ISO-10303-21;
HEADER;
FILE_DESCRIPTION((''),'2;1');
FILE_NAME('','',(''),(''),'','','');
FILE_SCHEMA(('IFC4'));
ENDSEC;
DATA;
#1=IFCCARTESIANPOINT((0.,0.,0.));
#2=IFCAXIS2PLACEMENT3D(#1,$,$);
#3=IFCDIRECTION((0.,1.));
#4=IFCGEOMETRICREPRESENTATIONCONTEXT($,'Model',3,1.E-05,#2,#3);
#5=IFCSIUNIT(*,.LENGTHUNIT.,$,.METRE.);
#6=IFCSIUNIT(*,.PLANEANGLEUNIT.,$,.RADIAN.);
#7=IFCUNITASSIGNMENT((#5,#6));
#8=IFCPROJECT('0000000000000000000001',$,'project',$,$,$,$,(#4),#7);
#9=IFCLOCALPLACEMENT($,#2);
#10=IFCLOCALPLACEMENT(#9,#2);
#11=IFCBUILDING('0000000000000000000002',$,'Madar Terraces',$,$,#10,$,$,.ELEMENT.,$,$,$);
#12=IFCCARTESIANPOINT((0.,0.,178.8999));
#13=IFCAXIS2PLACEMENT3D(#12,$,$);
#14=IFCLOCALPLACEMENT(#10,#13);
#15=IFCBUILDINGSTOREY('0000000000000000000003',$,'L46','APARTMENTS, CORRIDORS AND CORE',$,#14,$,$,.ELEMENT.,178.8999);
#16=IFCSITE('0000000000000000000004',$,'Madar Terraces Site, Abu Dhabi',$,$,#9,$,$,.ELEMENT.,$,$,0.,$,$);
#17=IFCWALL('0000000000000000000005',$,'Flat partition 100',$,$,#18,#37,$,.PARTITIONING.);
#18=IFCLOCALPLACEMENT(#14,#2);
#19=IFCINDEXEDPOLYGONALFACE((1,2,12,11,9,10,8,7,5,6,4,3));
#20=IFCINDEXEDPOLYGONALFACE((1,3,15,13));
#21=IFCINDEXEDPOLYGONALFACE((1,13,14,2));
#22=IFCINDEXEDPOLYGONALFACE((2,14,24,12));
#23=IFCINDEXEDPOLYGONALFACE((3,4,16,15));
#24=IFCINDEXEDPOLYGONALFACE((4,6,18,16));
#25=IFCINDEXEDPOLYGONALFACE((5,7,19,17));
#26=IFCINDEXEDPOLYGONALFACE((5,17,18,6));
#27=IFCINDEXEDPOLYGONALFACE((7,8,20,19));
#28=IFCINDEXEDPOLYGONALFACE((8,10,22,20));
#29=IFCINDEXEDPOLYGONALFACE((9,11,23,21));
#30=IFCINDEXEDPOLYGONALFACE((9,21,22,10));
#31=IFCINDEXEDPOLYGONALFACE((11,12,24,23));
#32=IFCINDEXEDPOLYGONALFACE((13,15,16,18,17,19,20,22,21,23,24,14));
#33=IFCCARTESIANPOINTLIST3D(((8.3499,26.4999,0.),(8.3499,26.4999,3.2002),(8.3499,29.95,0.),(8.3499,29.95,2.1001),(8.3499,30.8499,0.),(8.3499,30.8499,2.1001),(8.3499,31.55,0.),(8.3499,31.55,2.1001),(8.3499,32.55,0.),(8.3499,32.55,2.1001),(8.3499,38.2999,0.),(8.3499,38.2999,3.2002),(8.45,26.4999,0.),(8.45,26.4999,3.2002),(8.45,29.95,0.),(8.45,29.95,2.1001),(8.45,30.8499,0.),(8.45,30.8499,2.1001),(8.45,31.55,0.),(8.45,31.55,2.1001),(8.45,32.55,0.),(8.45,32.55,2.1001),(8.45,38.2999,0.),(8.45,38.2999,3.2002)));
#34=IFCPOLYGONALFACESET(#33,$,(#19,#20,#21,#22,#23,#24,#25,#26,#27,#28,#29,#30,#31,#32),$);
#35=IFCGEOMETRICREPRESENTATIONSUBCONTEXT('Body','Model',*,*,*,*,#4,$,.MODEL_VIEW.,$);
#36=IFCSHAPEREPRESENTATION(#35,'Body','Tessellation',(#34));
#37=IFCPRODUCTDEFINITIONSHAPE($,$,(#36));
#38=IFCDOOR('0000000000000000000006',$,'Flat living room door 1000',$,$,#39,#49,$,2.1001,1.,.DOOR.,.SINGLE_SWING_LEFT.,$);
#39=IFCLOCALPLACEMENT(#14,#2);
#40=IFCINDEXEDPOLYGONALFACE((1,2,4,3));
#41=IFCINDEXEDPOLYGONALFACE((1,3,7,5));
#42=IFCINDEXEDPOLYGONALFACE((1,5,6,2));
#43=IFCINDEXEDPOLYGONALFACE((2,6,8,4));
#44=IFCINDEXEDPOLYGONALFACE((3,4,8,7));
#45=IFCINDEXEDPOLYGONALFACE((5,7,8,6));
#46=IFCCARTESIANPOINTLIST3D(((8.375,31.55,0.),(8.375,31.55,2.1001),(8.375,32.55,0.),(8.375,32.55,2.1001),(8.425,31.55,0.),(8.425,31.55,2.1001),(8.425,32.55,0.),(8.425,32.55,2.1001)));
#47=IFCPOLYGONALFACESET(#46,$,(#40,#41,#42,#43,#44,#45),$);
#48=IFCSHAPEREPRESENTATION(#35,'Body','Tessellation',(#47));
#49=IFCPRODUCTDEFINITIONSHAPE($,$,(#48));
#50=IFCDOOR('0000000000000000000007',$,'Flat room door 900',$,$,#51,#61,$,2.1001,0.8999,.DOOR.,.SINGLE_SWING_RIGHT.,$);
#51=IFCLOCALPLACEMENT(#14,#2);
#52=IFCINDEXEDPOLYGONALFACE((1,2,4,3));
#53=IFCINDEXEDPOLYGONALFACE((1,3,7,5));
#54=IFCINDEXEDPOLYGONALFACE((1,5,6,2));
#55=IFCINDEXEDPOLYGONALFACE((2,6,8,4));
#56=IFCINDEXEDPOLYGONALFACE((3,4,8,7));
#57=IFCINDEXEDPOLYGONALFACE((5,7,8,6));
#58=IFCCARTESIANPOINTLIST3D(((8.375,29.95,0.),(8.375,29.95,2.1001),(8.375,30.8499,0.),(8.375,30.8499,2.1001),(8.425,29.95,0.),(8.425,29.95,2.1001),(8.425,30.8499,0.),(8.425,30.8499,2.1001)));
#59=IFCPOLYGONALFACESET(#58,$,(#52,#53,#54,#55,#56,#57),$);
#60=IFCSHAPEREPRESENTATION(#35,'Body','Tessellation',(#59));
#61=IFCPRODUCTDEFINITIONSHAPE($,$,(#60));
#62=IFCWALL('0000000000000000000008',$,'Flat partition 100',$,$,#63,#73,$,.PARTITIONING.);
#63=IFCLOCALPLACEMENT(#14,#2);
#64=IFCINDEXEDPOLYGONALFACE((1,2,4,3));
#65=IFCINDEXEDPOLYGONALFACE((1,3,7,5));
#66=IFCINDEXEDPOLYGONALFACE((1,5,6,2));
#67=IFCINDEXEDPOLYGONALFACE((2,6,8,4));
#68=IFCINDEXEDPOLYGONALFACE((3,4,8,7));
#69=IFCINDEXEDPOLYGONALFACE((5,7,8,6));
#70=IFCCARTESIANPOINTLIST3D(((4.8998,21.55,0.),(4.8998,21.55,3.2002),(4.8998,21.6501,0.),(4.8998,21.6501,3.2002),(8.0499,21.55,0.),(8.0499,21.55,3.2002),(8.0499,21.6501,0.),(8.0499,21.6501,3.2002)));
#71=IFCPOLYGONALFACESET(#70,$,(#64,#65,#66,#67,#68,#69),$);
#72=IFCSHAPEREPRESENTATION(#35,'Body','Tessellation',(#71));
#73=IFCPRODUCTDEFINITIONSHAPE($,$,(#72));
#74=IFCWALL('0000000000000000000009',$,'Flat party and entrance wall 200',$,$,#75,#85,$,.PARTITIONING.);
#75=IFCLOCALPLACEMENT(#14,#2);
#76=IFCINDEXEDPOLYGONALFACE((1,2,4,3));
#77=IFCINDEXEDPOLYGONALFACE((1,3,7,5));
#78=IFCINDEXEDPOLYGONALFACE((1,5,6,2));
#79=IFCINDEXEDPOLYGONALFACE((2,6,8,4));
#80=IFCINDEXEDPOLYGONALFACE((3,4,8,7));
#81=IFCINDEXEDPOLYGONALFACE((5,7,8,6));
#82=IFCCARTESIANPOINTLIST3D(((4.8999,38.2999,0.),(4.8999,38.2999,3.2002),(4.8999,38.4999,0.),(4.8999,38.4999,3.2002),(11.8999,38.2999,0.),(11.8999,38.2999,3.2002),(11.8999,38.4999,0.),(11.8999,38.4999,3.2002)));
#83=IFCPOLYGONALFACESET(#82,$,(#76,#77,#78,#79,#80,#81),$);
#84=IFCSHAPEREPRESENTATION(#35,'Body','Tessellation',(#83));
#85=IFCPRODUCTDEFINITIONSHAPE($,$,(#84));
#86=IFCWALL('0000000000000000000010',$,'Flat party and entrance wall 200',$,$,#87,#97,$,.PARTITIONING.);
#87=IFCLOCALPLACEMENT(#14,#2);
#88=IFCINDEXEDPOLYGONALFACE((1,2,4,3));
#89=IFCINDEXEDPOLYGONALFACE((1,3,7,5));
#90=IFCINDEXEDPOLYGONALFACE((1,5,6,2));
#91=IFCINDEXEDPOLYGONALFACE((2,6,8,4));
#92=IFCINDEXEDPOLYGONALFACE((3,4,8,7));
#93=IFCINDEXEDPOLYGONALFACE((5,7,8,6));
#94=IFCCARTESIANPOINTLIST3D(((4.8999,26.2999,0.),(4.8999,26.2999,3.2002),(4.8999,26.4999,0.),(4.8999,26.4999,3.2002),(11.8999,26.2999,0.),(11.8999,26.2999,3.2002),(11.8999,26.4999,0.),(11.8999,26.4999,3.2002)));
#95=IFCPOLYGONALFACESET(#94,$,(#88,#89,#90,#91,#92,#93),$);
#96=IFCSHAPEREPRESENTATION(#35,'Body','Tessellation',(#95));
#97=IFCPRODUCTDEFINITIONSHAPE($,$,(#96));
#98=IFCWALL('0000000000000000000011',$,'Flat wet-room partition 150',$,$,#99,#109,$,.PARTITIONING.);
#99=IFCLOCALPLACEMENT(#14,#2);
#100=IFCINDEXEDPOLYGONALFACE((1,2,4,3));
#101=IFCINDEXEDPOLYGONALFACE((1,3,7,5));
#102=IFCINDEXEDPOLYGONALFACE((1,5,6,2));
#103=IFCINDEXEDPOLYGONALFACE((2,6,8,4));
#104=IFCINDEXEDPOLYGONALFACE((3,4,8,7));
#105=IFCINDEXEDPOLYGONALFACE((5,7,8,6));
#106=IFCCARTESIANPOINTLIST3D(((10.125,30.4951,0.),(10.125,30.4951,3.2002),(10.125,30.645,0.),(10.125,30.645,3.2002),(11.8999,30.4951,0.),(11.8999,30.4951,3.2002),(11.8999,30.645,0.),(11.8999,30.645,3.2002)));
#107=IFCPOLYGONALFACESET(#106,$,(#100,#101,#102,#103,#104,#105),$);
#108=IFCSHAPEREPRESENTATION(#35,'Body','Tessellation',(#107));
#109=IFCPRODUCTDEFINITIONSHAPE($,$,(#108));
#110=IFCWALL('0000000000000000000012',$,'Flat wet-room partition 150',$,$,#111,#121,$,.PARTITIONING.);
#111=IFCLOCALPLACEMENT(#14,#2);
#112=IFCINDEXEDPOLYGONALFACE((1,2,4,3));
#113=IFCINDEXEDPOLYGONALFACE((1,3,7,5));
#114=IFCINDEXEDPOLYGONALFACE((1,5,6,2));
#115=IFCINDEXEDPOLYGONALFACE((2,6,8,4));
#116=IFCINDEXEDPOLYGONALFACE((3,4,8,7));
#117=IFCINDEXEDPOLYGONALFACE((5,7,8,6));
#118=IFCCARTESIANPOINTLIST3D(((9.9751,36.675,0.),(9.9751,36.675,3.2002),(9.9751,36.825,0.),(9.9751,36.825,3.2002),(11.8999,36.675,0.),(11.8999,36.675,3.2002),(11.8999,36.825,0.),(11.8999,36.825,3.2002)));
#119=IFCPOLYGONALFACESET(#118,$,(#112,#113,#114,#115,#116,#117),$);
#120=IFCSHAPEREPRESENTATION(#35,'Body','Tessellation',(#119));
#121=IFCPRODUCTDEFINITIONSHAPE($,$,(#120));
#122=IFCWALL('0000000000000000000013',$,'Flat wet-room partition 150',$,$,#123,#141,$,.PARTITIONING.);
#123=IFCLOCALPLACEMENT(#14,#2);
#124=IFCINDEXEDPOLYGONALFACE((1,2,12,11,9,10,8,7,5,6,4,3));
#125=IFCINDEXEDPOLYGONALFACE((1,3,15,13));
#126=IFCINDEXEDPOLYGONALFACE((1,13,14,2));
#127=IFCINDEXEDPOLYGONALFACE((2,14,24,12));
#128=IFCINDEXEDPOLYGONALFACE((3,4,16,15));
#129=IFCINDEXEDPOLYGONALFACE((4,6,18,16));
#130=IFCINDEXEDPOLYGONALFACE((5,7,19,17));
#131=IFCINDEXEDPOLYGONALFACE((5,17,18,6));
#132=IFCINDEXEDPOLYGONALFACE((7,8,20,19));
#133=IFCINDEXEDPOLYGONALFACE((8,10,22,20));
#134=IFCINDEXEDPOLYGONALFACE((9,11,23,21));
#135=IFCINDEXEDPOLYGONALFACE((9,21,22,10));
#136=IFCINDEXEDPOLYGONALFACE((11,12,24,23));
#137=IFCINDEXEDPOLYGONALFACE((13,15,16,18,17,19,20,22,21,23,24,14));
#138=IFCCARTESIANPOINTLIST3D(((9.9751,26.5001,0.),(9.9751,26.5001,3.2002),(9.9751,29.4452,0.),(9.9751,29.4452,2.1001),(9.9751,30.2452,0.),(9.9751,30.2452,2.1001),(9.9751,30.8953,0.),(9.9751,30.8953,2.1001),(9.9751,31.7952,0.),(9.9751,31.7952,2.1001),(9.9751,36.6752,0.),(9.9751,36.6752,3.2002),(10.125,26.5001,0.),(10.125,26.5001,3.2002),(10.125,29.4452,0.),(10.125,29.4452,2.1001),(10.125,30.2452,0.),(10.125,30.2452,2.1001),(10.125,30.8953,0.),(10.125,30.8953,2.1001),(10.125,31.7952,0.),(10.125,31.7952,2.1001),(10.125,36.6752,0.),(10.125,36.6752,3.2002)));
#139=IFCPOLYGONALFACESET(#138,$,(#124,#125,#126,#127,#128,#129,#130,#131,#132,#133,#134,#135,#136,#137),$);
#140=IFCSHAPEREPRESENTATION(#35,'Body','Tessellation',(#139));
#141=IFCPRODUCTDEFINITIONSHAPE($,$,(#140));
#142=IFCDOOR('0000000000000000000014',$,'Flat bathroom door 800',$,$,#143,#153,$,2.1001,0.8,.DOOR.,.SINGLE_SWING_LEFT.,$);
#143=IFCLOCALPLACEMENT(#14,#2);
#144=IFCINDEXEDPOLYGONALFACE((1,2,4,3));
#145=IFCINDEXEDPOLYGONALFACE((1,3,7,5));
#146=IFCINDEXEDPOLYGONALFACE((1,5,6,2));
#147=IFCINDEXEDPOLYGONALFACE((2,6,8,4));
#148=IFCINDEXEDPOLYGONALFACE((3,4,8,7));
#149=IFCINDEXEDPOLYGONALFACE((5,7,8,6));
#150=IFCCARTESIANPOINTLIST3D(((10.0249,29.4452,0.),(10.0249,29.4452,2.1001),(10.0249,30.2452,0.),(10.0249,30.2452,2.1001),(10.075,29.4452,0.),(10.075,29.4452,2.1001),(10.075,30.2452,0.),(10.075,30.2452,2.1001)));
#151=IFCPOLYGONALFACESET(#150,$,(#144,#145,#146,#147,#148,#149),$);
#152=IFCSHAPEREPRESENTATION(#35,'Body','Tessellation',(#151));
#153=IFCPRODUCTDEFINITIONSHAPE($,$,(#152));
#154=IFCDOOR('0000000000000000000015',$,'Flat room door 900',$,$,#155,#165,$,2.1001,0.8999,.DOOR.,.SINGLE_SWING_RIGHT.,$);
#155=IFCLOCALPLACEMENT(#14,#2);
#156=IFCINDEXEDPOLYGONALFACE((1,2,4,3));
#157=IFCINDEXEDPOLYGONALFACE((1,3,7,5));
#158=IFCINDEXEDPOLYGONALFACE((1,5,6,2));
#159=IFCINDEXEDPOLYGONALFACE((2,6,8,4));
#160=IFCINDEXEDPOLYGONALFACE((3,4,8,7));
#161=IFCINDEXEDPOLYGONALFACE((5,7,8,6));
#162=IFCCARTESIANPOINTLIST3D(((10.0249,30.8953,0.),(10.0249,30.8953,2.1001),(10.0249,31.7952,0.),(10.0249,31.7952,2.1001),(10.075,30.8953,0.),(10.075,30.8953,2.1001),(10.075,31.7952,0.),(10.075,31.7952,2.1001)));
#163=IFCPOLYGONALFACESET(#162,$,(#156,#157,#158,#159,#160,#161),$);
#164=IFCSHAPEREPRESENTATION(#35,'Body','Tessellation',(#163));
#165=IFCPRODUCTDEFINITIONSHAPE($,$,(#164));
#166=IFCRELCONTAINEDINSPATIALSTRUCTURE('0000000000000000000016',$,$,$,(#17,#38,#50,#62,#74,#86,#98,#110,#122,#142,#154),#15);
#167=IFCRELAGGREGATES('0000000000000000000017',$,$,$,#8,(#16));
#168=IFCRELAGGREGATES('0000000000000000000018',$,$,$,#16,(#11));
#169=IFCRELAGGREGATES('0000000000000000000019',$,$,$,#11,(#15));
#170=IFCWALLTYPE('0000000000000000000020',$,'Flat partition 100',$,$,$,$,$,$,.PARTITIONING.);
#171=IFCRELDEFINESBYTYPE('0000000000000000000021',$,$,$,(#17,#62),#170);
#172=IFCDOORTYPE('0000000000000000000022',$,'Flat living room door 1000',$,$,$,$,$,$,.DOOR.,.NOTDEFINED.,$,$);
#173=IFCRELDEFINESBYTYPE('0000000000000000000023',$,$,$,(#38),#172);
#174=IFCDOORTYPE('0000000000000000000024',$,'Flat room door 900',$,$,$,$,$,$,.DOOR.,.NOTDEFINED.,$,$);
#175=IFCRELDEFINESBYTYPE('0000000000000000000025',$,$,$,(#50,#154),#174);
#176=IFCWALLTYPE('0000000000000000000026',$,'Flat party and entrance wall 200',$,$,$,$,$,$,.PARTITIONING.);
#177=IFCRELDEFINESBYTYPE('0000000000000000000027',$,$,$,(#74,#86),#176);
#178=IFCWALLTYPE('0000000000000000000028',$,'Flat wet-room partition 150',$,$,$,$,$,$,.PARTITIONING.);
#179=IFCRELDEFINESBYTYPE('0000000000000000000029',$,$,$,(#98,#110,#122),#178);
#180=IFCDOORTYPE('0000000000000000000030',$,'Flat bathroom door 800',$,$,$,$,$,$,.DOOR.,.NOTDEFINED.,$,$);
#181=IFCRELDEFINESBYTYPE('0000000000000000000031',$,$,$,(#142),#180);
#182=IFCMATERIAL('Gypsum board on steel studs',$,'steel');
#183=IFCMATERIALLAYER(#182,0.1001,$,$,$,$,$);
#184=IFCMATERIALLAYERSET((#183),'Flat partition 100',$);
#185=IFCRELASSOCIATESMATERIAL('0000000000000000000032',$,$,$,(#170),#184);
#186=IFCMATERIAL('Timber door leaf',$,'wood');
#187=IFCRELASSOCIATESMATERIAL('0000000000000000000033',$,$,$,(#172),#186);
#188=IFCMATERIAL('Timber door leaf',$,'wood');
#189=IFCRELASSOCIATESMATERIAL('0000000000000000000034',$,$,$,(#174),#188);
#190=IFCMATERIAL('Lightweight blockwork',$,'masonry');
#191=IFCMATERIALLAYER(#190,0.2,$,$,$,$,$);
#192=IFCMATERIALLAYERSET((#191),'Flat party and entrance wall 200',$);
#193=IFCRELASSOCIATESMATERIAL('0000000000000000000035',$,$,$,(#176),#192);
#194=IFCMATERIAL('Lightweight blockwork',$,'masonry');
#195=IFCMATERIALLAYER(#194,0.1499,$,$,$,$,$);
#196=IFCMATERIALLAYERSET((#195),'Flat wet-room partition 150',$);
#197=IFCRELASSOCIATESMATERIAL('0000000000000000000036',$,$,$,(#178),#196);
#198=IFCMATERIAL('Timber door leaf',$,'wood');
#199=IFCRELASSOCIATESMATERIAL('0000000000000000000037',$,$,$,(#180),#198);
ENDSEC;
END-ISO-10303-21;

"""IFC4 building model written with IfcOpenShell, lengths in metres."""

from ifc_helpers import new_model, si_unit, direction, frame, frame_2d, origin, place, context, subcontext, project, spatial, rectangle, extrude, material, layer, layer_set, type_object, element, fill, save


model = new_model("IFC4")

# Units and contexts
model_context = context("Model", 3, precision=1e-05, world=origin(), true_north=direction((0.0, 1.0)))
body_context = subcontext(model_context, "Body", "Model", "MODEL_VIEW")
ifc_project = project(units=[si_unit("LENGTHUNIT", "METRE"), si_unit("PLANEANGLEUNIT", "RADIAN")], contexts=[model_context])

# Site, building, storey
site_placement = place(None, origin())
site = spatial("IfcSite", under=ifc_project, at=site_placement, Name="Madar Terraces Site, Abu Dhabi", CompositionType="ELEMENT", RefElevation=0.0)
building_placement = place(site_placement, origin())
building = spatial("IfcBuilding", under=site, at=building_placement, Name="Madar Terraces", CompositionType="ELEMENT")
storey_placement = place(building_placement, frame((0.0, 0.0, 178.8999)))
storey = spatial("IfcBuildingStorey", under=building, at=storey_placement, Name="L46", Description="APARTMENTS, CORRIDORS AND CORE", CompositionType="ELEMENT", Elevation=178.8999)

# Shared definitions
ifc_material_1 = material(Name="Gypsum board on steel studs", Category="steel")
ifc_layer_1 = layer(ifc_material_1, 0.1001)
ifc_layer_set_1 = layer_set([ifc_layer_1], Name="Flat partition 100")
wall_type_1 = type_object("IfcWallType", Name="Flat partition 100", PredefinedType="PARTITIONING", material=ifc_layer_set_1)

# Wall, openings, doors
wall_1_placement = place(storey_placement, frame((8.3999, 26.5, 0.0), z_axis=(0.0, 0.0, 1.0), x_axis=(0.0, 1.0, 0.0)))
wall_1 = element("IfcWall", 1, at=wall_1_placement, inside=storey, type_object=wall_type_1, Name="Flat partition 100", PredefinedType="PARTITIONING", context=body_context, shape_type="SweptSolid", body=[
    extrude(rectangle(XDim=11.8, YDim=0.1001, at=frame_2d((5.8999, 0.0))), origin(), (0.0, 0.0, 1.0), 3.2002),
])
opening_1_placement = place(wall_1_placement, frame((5.05, 0.0, 0.0)))
opening_1 = element("IfcOpeningElement", 2, at=opening_1_placement, cuts=wall_1, PredefinedType="OPENING", context=body_context, shape_type="SweptSolid", body=[
    extrude(rectangle(XDim=1.0, YDim=2.1001, at=frame_2d((0.5, 1.05))), frame((0.0, 0.0601, 0.0), z_axis=(0.0, -1.0, 0.0), x_axis=(1.0, 0.0, 0.0)), (0.0, 0.0, 1.0), 0.1201),
])
opening_2_placement = place(wall_1_placement, frame((3.45, 0.0, 0.0)))
opening_2 = element("IfcOpeningElement", 3, at=opening_2_placement, cuts=wall_1, PredefinedType="OPENING", context=body_context, shape_type="SweptSolid", body=[
    extrude(rectangle(XDim=0.8999, YDim=2.1001, at=frame_2d((0.45, 1.05))), frame((0.0, 0.0601, 0.0), z_axis=(0.0, -1.0, 0.0), x_axis=(1.0, 0.0, 0.0)), (0.0, 0.0, 1.0), 0.1201),
])
ifc_material_2 = material(Name="Timber door leaf", Category="wood")
door_type_1 = type_object("IfcDoorType", Name="Flat living room door 1000", OperationType="NOTDEFINED", PredefinedType="DOOR", material=ifc_material_2)
door_1_placement = place(opening_1_placement, origin())
door_1 = element("IfcDoor", 4, at=door_1_placement, inside=storey, type_object=door_type_1, Name="Flat living room door 1000", OperationType="SINGLE_SWING_LEFT", OverallHeight=2.1001, OverallWidth=1.0, PredefinedType="DOOR", context=body_context, shape_type="SweptSolid", body=[
    extrude(rectangle(XDim=1.0, YDim=2.1001, at=frame_2d((0.5, 1.05))), frame((0.0, 0.0249, 0.0), z_axis=(0.0, -1.0, 0.0), x_axis=(1.0, 0.0, 0.0)), (0.0, 0.0, 1.0), 0.05),
])
fill(opening_1, door_1)
ifc_material_3 = material(Name="Timber door leaf", Category="wood")
door_type_2 = type_object("IfcDoorType", Name="Flat room door 900", OperationType="NOTDEFINED", PredefinedType="DOOR", material=ifc_material_3)
door_2_placement = place(opening_2_placement, origin())
door_2 = element("IfcDoor", 5, at=door_2_placement, inside=storey, type_object=door_type_2, Name="Flat room door 900", OperationType="SINGLE_SWING_RIGHT", OverallHeight=2.1001, OverallWidth=0.8999, PredefinedType="DOOR", context=body_context, shape_type="SweptSolid", body=[
    extrude(rectangle(XDim=0.8999, YDim=2.1001, at=frame_2d((0.45, 1.05))), frame((0.0, 0.0249, 0.0), z_axis=(0.0, -1.0, 0.0), x_axis=(1.0, 0.0, 0.0)), (0.0, 0.0, 1.0), 0.05),
])
fill(opening_2, door_2)

# Walls
wall_2_placement = place(storey_placement, frame((8.05, 21.6001, 0.0), z_axis=(0.0, 0.0, 1.0), x_axis=(-1.0, 0.0, 0.0)))
element("IfcWall", 6, at=wall_2_placement, inside=storey, type_object=wall_type_1, Name="Flat partition 100", PredefinedType="PARTITIONING", context=body_context, shape_type="SweptSolid", body=[
    extrude(rectangle(XDim=3.1501, YDim=0.1001, at=frame_2d((1.5752, 0.0))), origin(), (0.0, 0.0, 1.0), 3.2002),
])
ifc_material_4 = material(Name="Lightweight blockwork", Category="masonry")
ifc_layer_2 = layer(ifc_material_4, 0.2)
ifc_layer_set_2 = layer_set([ifc_layer_2], Name="Flat party and entrance wall 200")
wall_type_2 = type_object("IfcWallType", Name="Flat party and entrance wall 200", PredefinedType="PARTITIONING", material=ifc_layer_set_2)
for number, where, z_axis, x_axis, name in (
    (7, (4.8999, 38.3999, 0.0), (0.0, 0.0, 1.0), (1.0, 0.0, 0.0), "Flat party and entrance wall 200"),
    (8, (4.8999, 26.3999, 0.0), (0.0, 0.0, 1.0), (1.0, 0.0, 0.0), "Flat party and entrance wall 200"),
):
    element("IfcWall", number, at=place(storey_placement, frame(where, z_axis=z_axis, x_axis=x_axis)), inside=storey, type_object=wall_type_2, Name=name, PredefinedType="PARTITIONING", context=body_context, shape_type="SweptSolid", body=[
        extrude(rectangle(XDim=7.0, YDim=0.2, at=frame_2d((3.5, 0.0))), origin(), (0.0, 0.0, 1.0), 3.2002),
    ])
ifc_material_5 = material(Name="Lightweight blockwork", Category="masonry")
ifc_layer_3 = layer(ifc_material_5, 0.1499)
ifc_layer_set_3 = layer_set([ifc_layer_3], Name="Flat wet-room partition 150")
wall_type_3 = type_object("IfcWallType", Name="Flat wet-room partition 150", PredefinedType="PARTITIONING", material=ifc_layer_set_3)
wall_3_placement = place(storey_placement, frame((11.8999, 30.5701, 0.0), z_axis=(0.0, 0.0, 1.0), x_axis=(-1.0, 0.0, 0.0)))
element("IfcWall", 9, at=wall_3_placement, inside=storey, type_object=wall_type_3, Name="Flat wet-room partition 150", PredefinedType="PARTITIONING", context=body_context, shape_type="SweptSolid", body=[
    extrude(rectangle(XDim=1.7749, YDim=0.1499, at=frame_2d((0.8875, 0.0))), origin(), (0.0, 0.0, 1.0), 3.2002),
])
wall_4_placement = place(storey_placement, frame((11.8999, 36.75, 0.0), z_axis=(0.0, 0.0, 1.0), x_axis=(-1.0, 0.0, 0.0)))
element("IfcWall", 10, at=wall_4_placement, inside=storey, type_object=wall_type_3, Name="Flat wet-room partition 150", PredefinedType="PARTITIONING", context=body_context, shape_type="SweptSolid", body=[
    extrude(rectangle(XDim=1.9248, YDim=0.1499, at=frame_2d((0.9624, 0.0))), origin(), (0.0, 0.0, 1.0), 3.2002),
])

# Wall, openings, doors
wall_5_placement = place(storey_placement, frame((10.05, 36.675, 0.0), z_axis=(0.0, 0.0, 1.0), x_axis=(0.0, -1.0, 0.0)))
wall_5 = element("IfcWall", 11, at=wall_5_placement, inside=storey, type_object=wall_type_3, Name="Flat wet-room partition 150", PredefinedType="PARTITIONING", context=body_context, shape_type="SweptSolid", body=[
    extrude(rectangle(XDim=10.175, YDim=0.1499, at=frame_2d((5.0874, 0.0))), origin(), (0.0, 0.0, 1.0), 3.2002),
])
opening_3_placement = place(wall_5_placement, frame((4.8799, 0.0, 0.0)))
opening_3 = element("IfcOpeningElement", 12, at=opening_3_placement, cuts=wall_5, PredefinedType="OPENING", context=body_context, shape_type="SweptSolid", body=[
    extrude(rectangle(XDim=0.8999, YDim=2.1001, at=frame_2d((0.45, 1.05))), frame((0.0, 0.085, 0.0), z_axis=(0.0, -1.0, 0.0), x_axis=(1.0, 0.0, 0.0)), (0.0, 0.0, 1.0), 0.1699),
])
opening_4_placement = place(wall_5_placement, frame((6.4299, 0.0, 0.0)))
opening_4 = element("IfcOpeningElement", 13, at=opening_4_placement, cuts=wall_5, PredefinedType="OPENING", context=body_context, shape_type="SweptSolid", body=[
    extrude(rectangle(XDim=0.8, YDim=2.1001, at=frame_2d((0.3999, 1.05))), frame((0.0, 0.085, 0.0), z_axis=(0.0, -1.0, 0.0), x_axis=(1.0, 0.0, 0.0)), (0.0, 0.0, 1.0), 0.1699),
])
ifc_material_6 = material(Name="Timber door leaf", Category="wood")
door_type_3 = type_object("IfcDoorType", Name="Flat bathroom door 800", OperationType="NOTDEFINED", PredefinedType="DOOR", material=ifc_material_6)
door_3_placement = place(opening_4_placement, origin())
door_3 = element("IfcDoor", 14, at=door_3_placement, inside=storey, type_object=door_type_3, Name="Flat bathroom door 800", OperationType="SINGLE_SWING_LEFT", OverallHeight=2.1001, OverallWidth=0.8, PredefinedType="DOOR", context=body_context, shape_type="SweptSolid", body=[
    extrude(rectangle(XDim=0.8, YDim=2.1001, at=frame_2d((0.3999, 1.05))), frame((0.0, 0.0249, 0.0), z_axis=(0.0, -1.0, 0.0), x_axis=(1.0, 0.0, 0.0)), (0.0, 0.0, 1.0), 0.05),
])
fill(opening_4, door_3)
door_4_placement = place(opening_3_placement, origin())
door_4 = element("IfcDoor", 15, at=door_4_placement, inside=storey, type_object=door_type_2, Name="Flat room door 900", OperationType="SINGLE_SWING_RIGHT", OverallHeight=2.1001, OverallWidth=0.8999, PredefinedType="DOOR", context=body_context, shape_type="SweptSolid", body=[
    extrude(rectangle(XDim=0.8999, YDim=2.1001, at=frame_2d((0.45, 1.05))), frame((0.0, 0.0249, 0.0), z_axis=(0.0, -1.0, 0.0), x_axis=(1.0, 0.0, 0.0)), (0.0, 0.0, 1.0), 0.05),
])
fill(opening_3, door_4)

save(model, "model.ifc")
